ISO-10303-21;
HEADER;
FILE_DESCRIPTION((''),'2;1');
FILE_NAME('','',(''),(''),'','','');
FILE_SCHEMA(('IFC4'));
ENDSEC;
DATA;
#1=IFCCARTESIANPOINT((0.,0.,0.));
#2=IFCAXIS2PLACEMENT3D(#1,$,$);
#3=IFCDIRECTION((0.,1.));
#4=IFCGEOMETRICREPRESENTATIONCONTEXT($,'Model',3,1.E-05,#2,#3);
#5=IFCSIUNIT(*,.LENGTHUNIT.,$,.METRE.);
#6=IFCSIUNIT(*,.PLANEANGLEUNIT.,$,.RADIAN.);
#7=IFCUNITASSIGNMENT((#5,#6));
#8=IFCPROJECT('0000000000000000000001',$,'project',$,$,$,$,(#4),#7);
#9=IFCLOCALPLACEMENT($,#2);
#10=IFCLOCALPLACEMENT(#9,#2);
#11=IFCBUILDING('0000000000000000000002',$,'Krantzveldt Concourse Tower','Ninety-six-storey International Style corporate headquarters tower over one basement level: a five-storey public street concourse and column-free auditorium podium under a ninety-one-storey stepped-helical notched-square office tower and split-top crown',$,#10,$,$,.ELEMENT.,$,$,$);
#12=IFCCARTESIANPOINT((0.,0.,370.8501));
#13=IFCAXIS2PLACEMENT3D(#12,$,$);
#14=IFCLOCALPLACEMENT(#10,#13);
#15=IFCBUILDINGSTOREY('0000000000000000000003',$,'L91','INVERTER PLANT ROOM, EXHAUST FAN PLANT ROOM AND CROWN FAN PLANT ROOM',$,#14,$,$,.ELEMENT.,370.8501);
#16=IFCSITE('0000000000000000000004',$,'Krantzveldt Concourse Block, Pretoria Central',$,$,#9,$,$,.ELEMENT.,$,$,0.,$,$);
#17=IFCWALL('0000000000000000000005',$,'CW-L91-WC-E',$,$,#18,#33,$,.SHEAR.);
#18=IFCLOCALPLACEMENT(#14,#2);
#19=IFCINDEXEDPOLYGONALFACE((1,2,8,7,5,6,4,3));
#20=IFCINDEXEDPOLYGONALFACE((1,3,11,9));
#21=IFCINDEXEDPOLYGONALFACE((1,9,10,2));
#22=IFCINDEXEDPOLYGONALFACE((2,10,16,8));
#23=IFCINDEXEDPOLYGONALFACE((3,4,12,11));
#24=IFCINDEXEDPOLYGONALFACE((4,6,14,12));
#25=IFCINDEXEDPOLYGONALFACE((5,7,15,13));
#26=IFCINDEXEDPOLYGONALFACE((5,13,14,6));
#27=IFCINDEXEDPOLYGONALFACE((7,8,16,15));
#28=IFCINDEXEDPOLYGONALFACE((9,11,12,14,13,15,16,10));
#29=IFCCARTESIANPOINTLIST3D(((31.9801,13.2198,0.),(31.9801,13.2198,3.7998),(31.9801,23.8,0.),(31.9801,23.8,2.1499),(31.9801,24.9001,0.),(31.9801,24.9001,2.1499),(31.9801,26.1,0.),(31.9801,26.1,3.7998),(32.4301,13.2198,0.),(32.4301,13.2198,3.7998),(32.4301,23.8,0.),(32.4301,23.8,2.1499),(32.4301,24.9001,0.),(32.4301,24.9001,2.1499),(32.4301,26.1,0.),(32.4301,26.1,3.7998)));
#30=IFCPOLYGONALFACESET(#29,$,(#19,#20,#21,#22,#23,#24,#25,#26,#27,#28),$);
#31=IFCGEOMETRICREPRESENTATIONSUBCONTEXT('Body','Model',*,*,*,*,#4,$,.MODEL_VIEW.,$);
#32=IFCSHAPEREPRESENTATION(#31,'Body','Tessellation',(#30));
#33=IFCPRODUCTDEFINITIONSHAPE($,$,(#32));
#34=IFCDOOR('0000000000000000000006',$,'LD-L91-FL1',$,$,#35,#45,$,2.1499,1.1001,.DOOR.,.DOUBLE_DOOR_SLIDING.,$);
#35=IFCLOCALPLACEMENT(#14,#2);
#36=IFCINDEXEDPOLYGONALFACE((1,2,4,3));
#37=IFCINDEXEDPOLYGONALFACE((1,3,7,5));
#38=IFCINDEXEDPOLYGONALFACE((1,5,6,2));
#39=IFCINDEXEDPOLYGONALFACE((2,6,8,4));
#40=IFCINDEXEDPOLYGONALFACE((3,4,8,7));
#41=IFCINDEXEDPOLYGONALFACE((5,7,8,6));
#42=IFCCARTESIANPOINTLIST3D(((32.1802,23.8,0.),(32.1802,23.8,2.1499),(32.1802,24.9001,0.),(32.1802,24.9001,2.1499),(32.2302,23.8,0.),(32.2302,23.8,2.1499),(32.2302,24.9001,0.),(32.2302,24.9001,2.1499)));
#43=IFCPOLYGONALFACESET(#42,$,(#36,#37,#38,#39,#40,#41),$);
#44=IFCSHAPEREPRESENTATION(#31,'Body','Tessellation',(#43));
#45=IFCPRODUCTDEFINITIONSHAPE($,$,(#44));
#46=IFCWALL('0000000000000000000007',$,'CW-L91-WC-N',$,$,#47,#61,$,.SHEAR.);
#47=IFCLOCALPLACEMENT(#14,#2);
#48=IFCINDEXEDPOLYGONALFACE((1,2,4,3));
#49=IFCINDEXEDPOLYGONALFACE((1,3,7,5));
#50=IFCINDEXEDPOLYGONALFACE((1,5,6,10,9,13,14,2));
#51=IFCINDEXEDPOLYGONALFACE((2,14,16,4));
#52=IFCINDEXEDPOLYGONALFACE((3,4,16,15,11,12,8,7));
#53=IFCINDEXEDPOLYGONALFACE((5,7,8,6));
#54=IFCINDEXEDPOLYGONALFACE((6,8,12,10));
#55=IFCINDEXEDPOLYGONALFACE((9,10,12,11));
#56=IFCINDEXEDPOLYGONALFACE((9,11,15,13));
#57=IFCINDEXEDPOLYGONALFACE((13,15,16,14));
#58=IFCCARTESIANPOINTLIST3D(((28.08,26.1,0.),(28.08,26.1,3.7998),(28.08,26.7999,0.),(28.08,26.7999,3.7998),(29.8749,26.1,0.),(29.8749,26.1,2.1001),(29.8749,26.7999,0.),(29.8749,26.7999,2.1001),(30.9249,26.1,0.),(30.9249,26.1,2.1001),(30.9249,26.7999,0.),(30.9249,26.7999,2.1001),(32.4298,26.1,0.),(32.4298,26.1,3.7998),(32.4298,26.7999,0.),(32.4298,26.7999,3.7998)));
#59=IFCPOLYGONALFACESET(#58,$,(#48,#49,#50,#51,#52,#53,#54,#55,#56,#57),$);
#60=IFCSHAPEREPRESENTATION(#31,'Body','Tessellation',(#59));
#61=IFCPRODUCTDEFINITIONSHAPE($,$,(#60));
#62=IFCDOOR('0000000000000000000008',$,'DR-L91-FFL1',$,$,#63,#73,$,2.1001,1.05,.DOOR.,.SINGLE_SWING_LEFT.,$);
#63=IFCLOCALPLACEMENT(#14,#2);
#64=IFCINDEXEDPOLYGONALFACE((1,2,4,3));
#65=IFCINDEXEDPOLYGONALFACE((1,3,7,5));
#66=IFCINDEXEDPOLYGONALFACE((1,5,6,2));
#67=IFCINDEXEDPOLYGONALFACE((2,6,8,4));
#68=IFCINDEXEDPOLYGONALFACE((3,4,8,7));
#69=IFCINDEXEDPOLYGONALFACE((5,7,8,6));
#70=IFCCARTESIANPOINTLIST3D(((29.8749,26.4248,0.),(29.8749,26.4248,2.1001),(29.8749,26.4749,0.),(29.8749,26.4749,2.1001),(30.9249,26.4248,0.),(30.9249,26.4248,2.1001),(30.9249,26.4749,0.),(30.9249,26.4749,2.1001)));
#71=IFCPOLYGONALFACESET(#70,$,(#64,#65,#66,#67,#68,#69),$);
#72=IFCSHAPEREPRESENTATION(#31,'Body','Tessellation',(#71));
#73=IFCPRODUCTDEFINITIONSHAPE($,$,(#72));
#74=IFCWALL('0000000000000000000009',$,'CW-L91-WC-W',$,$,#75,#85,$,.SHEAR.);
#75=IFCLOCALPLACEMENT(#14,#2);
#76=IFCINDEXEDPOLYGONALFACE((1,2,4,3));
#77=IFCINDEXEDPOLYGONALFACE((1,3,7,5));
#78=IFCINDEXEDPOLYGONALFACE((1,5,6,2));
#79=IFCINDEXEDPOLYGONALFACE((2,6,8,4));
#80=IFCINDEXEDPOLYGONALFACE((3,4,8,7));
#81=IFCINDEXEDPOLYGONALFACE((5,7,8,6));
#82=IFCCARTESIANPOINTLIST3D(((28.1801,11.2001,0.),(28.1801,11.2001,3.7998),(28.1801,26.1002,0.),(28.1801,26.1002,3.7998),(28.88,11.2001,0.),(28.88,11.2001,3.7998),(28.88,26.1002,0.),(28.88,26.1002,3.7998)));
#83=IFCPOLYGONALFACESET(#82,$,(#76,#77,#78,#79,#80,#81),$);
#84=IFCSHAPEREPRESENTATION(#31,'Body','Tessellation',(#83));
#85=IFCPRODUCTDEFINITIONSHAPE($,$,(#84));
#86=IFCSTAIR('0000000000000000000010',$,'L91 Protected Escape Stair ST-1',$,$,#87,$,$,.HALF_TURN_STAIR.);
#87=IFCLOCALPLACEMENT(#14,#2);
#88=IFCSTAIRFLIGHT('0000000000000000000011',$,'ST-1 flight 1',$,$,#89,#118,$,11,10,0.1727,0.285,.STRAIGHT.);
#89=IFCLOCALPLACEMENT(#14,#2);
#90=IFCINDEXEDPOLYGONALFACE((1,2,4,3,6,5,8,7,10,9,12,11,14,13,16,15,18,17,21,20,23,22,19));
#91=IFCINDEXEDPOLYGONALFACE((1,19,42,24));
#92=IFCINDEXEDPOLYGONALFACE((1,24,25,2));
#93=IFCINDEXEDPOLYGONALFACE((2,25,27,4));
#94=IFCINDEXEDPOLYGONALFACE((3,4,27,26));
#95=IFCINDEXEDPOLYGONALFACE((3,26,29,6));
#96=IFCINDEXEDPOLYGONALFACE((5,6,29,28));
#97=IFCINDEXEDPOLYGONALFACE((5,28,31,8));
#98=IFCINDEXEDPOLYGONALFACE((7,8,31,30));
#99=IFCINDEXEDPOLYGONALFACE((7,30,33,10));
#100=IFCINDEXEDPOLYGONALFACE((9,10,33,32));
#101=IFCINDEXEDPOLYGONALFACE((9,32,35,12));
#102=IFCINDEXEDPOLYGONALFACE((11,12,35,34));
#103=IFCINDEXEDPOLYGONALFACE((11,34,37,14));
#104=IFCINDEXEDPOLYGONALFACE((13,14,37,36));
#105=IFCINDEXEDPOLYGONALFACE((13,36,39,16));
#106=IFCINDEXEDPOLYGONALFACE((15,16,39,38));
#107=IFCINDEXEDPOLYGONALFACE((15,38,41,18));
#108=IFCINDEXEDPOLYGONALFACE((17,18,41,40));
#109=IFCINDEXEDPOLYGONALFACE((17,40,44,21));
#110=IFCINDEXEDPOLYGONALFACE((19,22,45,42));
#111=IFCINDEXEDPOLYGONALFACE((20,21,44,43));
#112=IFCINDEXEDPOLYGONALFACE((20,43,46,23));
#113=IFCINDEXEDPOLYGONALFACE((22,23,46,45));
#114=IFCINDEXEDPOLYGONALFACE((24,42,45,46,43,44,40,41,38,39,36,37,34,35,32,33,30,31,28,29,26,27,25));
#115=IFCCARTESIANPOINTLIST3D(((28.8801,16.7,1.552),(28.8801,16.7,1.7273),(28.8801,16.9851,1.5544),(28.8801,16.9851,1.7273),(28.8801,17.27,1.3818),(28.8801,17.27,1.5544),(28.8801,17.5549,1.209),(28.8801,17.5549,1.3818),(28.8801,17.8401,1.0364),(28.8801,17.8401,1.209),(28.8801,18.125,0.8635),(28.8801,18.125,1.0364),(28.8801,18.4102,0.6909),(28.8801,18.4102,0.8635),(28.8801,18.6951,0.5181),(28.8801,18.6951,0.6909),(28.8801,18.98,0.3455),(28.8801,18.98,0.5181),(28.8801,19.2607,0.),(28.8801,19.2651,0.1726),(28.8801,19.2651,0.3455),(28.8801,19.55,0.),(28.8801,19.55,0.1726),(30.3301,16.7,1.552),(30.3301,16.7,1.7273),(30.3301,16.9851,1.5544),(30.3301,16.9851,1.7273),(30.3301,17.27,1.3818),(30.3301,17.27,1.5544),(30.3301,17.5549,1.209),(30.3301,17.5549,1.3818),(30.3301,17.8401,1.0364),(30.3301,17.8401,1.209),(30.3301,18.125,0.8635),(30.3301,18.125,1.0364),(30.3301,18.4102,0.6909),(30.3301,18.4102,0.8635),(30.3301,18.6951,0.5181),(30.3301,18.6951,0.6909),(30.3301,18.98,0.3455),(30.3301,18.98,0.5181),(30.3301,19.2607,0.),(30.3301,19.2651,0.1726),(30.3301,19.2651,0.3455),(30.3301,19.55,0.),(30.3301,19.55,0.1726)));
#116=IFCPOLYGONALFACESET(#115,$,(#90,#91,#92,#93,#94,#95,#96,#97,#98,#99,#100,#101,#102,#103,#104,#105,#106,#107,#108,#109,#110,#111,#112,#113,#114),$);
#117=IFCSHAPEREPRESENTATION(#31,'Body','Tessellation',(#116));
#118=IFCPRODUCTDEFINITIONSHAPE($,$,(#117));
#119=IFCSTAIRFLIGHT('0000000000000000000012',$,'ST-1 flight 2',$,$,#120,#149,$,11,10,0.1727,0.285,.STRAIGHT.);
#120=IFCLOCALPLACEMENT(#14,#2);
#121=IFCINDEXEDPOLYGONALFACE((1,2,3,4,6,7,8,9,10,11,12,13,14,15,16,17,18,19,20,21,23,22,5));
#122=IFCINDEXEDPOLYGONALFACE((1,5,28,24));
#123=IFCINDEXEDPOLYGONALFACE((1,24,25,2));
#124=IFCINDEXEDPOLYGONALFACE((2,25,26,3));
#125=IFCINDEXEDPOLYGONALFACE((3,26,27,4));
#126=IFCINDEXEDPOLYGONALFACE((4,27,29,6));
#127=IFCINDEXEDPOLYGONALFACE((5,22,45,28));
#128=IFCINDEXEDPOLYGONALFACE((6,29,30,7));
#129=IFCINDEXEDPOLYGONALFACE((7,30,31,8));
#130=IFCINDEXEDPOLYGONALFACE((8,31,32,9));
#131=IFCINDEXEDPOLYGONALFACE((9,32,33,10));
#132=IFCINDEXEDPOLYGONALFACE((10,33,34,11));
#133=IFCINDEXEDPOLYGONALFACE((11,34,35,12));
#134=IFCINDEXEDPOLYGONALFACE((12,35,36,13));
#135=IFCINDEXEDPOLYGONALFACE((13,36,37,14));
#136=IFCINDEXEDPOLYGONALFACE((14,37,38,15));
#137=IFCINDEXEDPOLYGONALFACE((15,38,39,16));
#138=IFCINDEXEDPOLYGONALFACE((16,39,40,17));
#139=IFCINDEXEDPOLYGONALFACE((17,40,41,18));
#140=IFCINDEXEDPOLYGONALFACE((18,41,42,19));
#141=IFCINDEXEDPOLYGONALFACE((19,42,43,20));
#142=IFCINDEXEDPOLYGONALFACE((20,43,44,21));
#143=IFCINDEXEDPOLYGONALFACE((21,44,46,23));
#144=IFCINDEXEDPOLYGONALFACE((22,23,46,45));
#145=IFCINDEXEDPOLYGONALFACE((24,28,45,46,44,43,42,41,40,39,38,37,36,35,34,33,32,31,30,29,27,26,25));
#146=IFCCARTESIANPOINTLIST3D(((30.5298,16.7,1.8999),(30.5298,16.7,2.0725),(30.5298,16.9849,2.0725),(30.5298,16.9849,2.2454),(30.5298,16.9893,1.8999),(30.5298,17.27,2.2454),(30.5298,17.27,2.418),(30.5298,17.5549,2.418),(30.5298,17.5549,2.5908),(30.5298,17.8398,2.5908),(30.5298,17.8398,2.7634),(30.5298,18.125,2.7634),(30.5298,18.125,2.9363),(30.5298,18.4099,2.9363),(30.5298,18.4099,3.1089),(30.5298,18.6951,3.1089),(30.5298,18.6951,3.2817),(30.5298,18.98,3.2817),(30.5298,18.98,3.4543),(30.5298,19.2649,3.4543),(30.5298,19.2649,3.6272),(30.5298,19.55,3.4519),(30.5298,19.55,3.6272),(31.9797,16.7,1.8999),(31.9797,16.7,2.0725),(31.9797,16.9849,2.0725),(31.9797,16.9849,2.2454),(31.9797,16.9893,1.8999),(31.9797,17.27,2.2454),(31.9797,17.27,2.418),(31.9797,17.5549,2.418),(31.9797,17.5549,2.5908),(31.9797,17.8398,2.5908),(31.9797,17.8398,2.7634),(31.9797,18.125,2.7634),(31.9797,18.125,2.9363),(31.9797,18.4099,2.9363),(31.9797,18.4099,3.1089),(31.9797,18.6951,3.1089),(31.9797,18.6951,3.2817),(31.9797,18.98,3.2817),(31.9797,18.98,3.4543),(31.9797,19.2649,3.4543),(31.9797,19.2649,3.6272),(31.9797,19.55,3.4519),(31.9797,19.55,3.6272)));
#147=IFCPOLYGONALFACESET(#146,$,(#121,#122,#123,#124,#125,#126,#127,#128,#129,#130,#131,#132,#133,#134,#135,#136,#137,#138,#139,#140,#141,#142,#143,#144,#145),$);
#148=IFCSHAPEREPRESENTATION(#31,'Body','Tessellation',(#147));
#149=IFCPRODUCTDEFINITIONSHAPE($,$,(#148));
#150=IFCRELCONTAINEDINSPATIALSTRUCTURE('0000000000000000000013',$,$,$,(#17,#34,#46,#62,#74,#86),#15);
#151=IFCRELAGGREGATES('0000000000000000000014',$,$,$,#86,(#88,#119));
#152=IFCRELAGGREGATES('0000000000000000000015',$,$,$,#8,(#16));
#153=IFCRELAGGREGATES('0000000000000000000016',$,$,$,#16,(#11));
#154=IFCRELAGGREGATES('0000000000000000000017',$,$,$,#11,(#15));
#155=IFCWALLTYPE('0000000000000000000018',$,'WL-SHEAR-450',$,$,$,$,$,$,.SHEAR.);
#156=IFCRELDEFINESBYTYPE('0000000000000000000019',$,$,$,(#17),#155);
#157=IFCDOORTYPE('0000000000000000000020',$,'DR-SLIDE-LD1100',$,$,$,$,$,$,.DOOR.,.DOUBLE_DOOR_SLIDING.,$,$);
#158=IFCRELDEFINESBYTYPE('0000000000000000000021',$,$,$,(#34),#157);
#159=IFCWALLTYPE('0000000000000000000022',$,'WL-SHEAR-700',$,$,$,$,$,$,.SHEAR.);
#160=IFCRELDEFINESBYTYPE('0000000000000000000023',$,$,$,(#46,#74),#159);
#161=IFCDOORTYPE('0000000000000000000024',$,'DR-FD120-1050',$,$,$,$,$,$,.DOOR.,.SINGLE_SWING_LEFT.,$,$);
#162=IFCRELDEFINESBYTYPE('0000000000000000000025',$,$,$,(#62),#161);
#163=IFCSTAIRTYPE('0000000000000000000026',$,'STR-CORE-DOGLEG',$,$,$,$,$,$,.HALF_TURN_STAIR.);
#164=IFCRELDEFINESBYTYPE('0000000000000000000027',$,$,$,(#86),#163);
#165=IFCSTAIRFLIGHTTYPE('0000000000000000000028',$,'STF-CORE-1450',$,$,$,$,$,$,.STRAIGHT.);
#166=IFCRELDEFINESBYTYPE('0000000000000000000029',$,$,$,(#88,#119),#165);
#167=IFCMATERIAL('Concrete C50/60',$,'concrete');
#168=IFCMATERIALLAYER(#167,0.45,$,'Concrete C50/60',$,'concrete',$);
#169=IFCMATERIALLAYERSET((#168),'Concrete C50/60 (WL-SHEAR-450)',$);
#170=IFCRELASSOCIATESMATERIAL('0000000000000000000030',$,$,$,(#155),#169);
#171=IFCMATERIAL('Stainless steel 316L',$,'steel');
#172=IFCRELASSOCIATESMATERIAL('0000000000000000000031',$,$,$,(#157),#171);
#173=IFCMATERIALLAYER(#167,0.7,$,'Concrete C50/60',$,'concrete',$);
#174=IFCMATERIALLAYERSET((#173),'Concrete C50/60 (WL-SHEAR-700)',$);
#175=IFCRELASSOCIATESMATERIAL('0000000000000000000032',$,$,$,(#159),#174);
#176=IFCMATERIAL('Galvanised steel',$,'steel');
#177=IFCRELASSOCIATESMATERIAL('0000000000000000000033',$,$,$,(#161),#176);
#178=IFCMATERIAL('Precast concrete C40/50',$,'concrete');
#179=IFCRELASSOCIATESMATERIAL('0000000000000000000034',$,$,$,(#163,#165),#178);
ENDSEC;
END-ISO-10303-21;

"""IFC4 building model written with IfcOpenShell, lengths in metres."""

from ifc_helpers import new_model, si_unit, direction, frame, frame_2d, origin, place, context, subcontext, project, spatial, polyline, rectangle, outline, extrude, material, layer, layer_set, type_object, element, fill, aggregate, save


model = new_model("IFC4")

# Units and contexts
model_context = context("Model", 3, precision=1e-05, world=origin(), true_north=direction((0.0, 1.0)))
body_context = subcontext(model_context, "Body", "Model", "MODEL_VIEW")
ifc_project = project(units=[si_unit("LENGTHUNIT", "METRE"), si_unit("PLANEANGLEUNIT", "RADIAN")], contexts=[model_context])

# Site, building, storey
site_placement = place(None, origin())
site = spatial("IfcSite", under=ifc_project, at=site_placement, Name="Krantzveldt Concourse Block, Pretoria Central", CompositionType="ELEMENT", RefElevation=0.0)
building_placement = place(site_placement, origin())
building = spatial("IfcBuilding", under=site, at=building_placement, Name="Krantzveldt Concourse Tower", Description="Ninety-six-storey International Style corporate headquarters tower over one basement level: a five-storey public street concourse and column-free auditorium podium under a ninety-one-storey stepped-helical notched-square office tower and split-top crown", CompositionType="ELEMENT")
storey_placement = place(building_placement, frame((0.0, 0.0, 370.8501)))
storey = spatial("IfcBuildingStorey", under=building, at=storey_placement, Name="L91", Description="INVERTER PLANT ROOM, EXHAUST FAN PLANT ROOM AND CROWN FAN PLANT ROOM", CompositionType="ELEMENT", Elevation=370.8501)

# Shared definitions
ifc_material_1 = material(Name="Galvanised steel", Category="steel")

# Shared definitions
ifc_material_2 = material(Name="Concrete C50/60", Category="concrete")

# Walls, openings, doors
ifc_layer_1 = layer(ifc_material_2, 0.45, Name="Concrete C50/60", Category="concrete")
ifc_layer_set_1 = layer_set([ifc_layer_1], Name="Concrete C50/60 (WL-SHEAR-450)")
wall_type_1 = type_object("IfcWallType", Name="WL-SHEAR-450", PredefinedType="SHEAR", material=ifc_layer_set_1)
wall_1_placement = place(storey_placement, frame((32.2051, 13.22, 0.0), z_axis=(0.0, 0.0, 1.0), x_axis=(0.0, 1.0, 0.0)))
wall_1 = element("IfcWall", 1, at=wall_1_placement, inside=storey, type_object=wall_type_1, Name="CW-L91-WC-E", PredefinedType="SHEAR", context=body_context, shape_type="SweptSolid", body=[
    extrude(rectangle(XDim=12.8801, YDim=0.45, at=frame_2d((6.4399, 0.0))), origin(), (0.0, 0.0, 1.0), 3.7998),
])
opening_1_placement = place(wall_1_placement, frame((10.5801, 0.0, 0.0)))
opening_1 = element("IfcOpeningElement", 2, at=opening_1_placement, cuts=wall_1, PredefinedType="OPENING", context=body_context, shape_type="SweptSolid", body=[
    extrude(rectangle(XDim=1.1001, YDim=2.1499, at=frame_2d((0.55, 1.075))), frame((0.0, 0.2349, 0.0), z_axis=(0.0, -1.0, 0.0), x_axis=(1.0, 0.0, 0.0)), (0.0, 0.0, 1.0), 0.47),
])
ifc_material_3 = material(Name="Stainless steel 316L", Category="steel")
door_type_1 = type_object("IfcDoorType", Name="DR-SLIDE-LD1100", OperationType="DOUBLE_DOOR_SLIDING", PredefinedType="DOOR", material=ifc_material_3)
door_1_placement = place(opening_1_placement, origin())
door_1 = element("IfcDoor", 3, at=door_1_placement, inside=storey, type_object=door_type_1, Name="LD-L91-FL1", OperationType="DOUBLE_DOOR_SLIDING", OverallHeight=2.1499, OverallWidth=1.1001, PredefinedType="DOOR", context=body_context, shape_type="SweptSolid", body=[
    extrude(rectangle(XDim=1.1001, YDim=2.1499, at=frame_2d((0.55, 1.075))), frame((0.0, 0.0249, 0.0), z_axis=(0.0, -1.0, 0.0), x_axis=(1.0, 0.0, 0.0)), (0.0, 0.0, 1.0), 0.05),
])
fill(opening_1, door_1)
ifc_layer_2 = layer(ifc_material_2, 0.7, Name="Concrete C50/60", Category="concrete")
ifc_layer_set_2 = layer_set([ifc_layer_2], Name="Concrete C50/60 (WL-SHEAR-700)")
wall_type_2 = type_object("IfcWallType", Name="WL-SHEAR-700", PredefinedType="SHEAR", material=ifc_layer_set_2)
wall_2_placement = place(storey_placement, frame((28.0801, 26.45, 0.0), z_axis=(0.0, 0.0, 1.0), x_axis=(1.0, 0.0, 0.0)))
wall_2 = element("IfcWall", 4, at=wall_2_placement, inside=storey, type_object=wall_type_2, Name="CW-L91-WC-N", PredefinedType="SHEAR", context=body_context, shape_type="SweptSolid", body=[
    extrude(rectangle(XDim=4.3499, YDim=0.7, at=frame_2d((2.1748, 0.0))), origin(), (0.0, 0.0, 1.0), 3.7998),
])
opening_2_placement = place(wall_2_placement, frame((1.7949, 0.0, 0.0)))
opening_2 = element("IfcOpeningElement", 5, at=opening_2_placement, cuts=wall_2, PredefinedType="OPENING", context=body_context, shape_type="SweptSolid", body=[
    extrude(rectangle(XDim=1.05, YDim=2.1001, at=frame_2d((0.5249, 1.05))), frame((0.0, 0.3599, 0.0), z_axis=(0.0, -1.0, 0.0), x_axis=(1.0, 0.0, 0.0)), (0.0, 0.0, 1.0), 0.72),
])
door_type_2 = type_object("IfcDoorType", Name="DR-FD120-1050", OperationType="SINGLE_SWING_LEFT", PredefinedType="DOOR", material=ifc_material_1)
door_2_placement = place(opening_2_placement, origin())
door_2 = element("IfcDoor", 6, at=door_2_placement, inside=storey, type_object=door_type_2, Name="DR-L91-FFL1", OperationType="SINGLE_SWING_LEFT", OverallHeight=2.1001, OverallWidth=1.05, PredefinedType="DOOR", context=body_context, shape_type="SweptSolid", body=[
    extrude(rectangle(XDim=1.05, YDim=2.1001, at=frame_2d((0.5249, 1.05))), frame((0.0, 0.0249, 0.0), z_axis=(0.0, -1.0, 0.0), x_axis=(1.0, 0.0, 0.0)), (0.0, 0.0, 1.0), 0.05),
])
fill(opening_2, door_2)

# Wall
wall_3_placement = place(storey_placement, frame((28.53, 11.2, 0.0), z_axis=(0.0, 0.0, 1.0), x_axis=(0.0, 1.0, 0.0)))
element("IfcWall", 7, at=wall_3_placement, inside=storey, type_object=wall_type_2, Name="CW-L91-WC-W", PredefinedType="SHEAR", context=body_context, shape_type="SweptSolid", body=[
    extrude(rectangle(XDim=14.9001, YDim=0.7, at=frame_2d((7.4502, 0.0))), origin(), (0.0, 0.0, 1.0), 3.7998),
])

# Stair, stair flights
ifc_material_4 = material(Name="Precast concrete C40/50", Category="concrete")
stair_type = type_object("IfcStairType", Name="STR-CORE-DOGLEG", PredefinedType="HALF_TURN_STAIR", material=ifc_material_4)
stair_placement = place(storey_placement, origin())
stair = element("IfcStair", 8, at=stair_placement, inside=storey, type_object=stair_type, Name="L91 Protected Escape Stair ST-1", PredefinedType="HALF_TURN_STAIR")
stair_flight_type = type_object("IfcStairFlightType", Name="STF-CORE-1450", PredefinedType="STRAIGHT", material=ifc_material_4)
stair_flight_1_placement = place(storey_placement, frame((29.605, 19.55, 0.0), z_axis=(0.0, 0.0, 1.0), x_axis=(0.0, -1.0, 0.0)))
stair_flight_1 = element("IfcStairFlight", 9, at=stair_flight_1_placement, type_object=stair_flight_type, Name="ST-1 flight 1", NumberOfRisers=11, NumberOfTreads=10, PredefinedType="STRAIGHT", RiserHeight=0.1727, TreadLength=0.285, context=body_context, shape_type="SweptSolid", body=[
    extrude(outline(polyline([(0.0, 0.0), (0.0, 0.1726), (0.2849, 0.1726), (0.2849, 0.3455), (0.5701, 0.3455), (0.5701, 0.5181), (0.855, 0.5181), (0.855, 0.6909), (1.1399, 0.6909), (1.1399, 0.8635), (1.425, 0.8635), (1.425, 1.0364), (1.71, 1.0364), (1.71, 1.209), (1.9951, 1.209), (1.9951, 1.3818), (2.28, 1.3818), (2.28, 1.5544), (2.5649, 1.5544), (2.5649, 1.7273), (2.8501, 1.7273), (2.8501, 1.8999), (2.8501, 1.552), (0.2893, 0.0), (0.0, 0.0)])), frame((0.0, 0.7251, 0.0), z_axis=(0.0, -1.0, 0.0), x_axis=(1.0, 0.0, 0.0)), (0.0, 0.0, 1.0), 1.45),
])
stair_flight_2_placement = place(storey_placement, frame((31.2549, 16.7, 1.8999), z_axis=(0.0, 0.0, 1.0), x_axis=(0.0, 1.0, 0.0)))
stair_flight_2 = element("IfcStairFlight", 10, at=stair_flight_2_placement, type_object=stair_flight_type, Name="ST-1 flight 2", NumberOfRisers=11, NumberOfTreads=10, PredefinedType="STRAIGHT", RiserHeight=0.1727, TreadLength=0.285, context=body_context, shape_type="SweptSolid", body=[
    extrude(outline(polyline([(0.0, 0.0), (0.0, 0.1726), (0.2849, 0.1726), (0.2849, 0.3455), (0.5701, 0.3455), (0.5701, 0.5181), (0.855, 0.5181), (0.855, 0.6909), (1.1399, 0.6909), (1.1399, 0.8635), (1.425, 0.8635), (1.425, 1.0364), (1.71, 1.0364), (1.71, 1.209), (1.9951, 1.209), (1.9951, 1.3818), (2.28, 1.3818), (2.28, 1.5544), (2.5649, 1.5544), (2.5649, 1.7273), (2.8501, 1.7273), (2.8501, 1.8999), (2.8501, 1.552), (0.2893, 0.0), (0.0, 0.0)])), frame((0.0, 0.7251, 0.0), z_axis=(0.0, -1.0, 0.0), x_axis=(1.0, 0.0, 0.0)), (0.0, 0.0, 1.0), 1.45),
])
aggregate(stair, [stair_flight_1, stair_flight_2])

save(model, "model.ifc")
